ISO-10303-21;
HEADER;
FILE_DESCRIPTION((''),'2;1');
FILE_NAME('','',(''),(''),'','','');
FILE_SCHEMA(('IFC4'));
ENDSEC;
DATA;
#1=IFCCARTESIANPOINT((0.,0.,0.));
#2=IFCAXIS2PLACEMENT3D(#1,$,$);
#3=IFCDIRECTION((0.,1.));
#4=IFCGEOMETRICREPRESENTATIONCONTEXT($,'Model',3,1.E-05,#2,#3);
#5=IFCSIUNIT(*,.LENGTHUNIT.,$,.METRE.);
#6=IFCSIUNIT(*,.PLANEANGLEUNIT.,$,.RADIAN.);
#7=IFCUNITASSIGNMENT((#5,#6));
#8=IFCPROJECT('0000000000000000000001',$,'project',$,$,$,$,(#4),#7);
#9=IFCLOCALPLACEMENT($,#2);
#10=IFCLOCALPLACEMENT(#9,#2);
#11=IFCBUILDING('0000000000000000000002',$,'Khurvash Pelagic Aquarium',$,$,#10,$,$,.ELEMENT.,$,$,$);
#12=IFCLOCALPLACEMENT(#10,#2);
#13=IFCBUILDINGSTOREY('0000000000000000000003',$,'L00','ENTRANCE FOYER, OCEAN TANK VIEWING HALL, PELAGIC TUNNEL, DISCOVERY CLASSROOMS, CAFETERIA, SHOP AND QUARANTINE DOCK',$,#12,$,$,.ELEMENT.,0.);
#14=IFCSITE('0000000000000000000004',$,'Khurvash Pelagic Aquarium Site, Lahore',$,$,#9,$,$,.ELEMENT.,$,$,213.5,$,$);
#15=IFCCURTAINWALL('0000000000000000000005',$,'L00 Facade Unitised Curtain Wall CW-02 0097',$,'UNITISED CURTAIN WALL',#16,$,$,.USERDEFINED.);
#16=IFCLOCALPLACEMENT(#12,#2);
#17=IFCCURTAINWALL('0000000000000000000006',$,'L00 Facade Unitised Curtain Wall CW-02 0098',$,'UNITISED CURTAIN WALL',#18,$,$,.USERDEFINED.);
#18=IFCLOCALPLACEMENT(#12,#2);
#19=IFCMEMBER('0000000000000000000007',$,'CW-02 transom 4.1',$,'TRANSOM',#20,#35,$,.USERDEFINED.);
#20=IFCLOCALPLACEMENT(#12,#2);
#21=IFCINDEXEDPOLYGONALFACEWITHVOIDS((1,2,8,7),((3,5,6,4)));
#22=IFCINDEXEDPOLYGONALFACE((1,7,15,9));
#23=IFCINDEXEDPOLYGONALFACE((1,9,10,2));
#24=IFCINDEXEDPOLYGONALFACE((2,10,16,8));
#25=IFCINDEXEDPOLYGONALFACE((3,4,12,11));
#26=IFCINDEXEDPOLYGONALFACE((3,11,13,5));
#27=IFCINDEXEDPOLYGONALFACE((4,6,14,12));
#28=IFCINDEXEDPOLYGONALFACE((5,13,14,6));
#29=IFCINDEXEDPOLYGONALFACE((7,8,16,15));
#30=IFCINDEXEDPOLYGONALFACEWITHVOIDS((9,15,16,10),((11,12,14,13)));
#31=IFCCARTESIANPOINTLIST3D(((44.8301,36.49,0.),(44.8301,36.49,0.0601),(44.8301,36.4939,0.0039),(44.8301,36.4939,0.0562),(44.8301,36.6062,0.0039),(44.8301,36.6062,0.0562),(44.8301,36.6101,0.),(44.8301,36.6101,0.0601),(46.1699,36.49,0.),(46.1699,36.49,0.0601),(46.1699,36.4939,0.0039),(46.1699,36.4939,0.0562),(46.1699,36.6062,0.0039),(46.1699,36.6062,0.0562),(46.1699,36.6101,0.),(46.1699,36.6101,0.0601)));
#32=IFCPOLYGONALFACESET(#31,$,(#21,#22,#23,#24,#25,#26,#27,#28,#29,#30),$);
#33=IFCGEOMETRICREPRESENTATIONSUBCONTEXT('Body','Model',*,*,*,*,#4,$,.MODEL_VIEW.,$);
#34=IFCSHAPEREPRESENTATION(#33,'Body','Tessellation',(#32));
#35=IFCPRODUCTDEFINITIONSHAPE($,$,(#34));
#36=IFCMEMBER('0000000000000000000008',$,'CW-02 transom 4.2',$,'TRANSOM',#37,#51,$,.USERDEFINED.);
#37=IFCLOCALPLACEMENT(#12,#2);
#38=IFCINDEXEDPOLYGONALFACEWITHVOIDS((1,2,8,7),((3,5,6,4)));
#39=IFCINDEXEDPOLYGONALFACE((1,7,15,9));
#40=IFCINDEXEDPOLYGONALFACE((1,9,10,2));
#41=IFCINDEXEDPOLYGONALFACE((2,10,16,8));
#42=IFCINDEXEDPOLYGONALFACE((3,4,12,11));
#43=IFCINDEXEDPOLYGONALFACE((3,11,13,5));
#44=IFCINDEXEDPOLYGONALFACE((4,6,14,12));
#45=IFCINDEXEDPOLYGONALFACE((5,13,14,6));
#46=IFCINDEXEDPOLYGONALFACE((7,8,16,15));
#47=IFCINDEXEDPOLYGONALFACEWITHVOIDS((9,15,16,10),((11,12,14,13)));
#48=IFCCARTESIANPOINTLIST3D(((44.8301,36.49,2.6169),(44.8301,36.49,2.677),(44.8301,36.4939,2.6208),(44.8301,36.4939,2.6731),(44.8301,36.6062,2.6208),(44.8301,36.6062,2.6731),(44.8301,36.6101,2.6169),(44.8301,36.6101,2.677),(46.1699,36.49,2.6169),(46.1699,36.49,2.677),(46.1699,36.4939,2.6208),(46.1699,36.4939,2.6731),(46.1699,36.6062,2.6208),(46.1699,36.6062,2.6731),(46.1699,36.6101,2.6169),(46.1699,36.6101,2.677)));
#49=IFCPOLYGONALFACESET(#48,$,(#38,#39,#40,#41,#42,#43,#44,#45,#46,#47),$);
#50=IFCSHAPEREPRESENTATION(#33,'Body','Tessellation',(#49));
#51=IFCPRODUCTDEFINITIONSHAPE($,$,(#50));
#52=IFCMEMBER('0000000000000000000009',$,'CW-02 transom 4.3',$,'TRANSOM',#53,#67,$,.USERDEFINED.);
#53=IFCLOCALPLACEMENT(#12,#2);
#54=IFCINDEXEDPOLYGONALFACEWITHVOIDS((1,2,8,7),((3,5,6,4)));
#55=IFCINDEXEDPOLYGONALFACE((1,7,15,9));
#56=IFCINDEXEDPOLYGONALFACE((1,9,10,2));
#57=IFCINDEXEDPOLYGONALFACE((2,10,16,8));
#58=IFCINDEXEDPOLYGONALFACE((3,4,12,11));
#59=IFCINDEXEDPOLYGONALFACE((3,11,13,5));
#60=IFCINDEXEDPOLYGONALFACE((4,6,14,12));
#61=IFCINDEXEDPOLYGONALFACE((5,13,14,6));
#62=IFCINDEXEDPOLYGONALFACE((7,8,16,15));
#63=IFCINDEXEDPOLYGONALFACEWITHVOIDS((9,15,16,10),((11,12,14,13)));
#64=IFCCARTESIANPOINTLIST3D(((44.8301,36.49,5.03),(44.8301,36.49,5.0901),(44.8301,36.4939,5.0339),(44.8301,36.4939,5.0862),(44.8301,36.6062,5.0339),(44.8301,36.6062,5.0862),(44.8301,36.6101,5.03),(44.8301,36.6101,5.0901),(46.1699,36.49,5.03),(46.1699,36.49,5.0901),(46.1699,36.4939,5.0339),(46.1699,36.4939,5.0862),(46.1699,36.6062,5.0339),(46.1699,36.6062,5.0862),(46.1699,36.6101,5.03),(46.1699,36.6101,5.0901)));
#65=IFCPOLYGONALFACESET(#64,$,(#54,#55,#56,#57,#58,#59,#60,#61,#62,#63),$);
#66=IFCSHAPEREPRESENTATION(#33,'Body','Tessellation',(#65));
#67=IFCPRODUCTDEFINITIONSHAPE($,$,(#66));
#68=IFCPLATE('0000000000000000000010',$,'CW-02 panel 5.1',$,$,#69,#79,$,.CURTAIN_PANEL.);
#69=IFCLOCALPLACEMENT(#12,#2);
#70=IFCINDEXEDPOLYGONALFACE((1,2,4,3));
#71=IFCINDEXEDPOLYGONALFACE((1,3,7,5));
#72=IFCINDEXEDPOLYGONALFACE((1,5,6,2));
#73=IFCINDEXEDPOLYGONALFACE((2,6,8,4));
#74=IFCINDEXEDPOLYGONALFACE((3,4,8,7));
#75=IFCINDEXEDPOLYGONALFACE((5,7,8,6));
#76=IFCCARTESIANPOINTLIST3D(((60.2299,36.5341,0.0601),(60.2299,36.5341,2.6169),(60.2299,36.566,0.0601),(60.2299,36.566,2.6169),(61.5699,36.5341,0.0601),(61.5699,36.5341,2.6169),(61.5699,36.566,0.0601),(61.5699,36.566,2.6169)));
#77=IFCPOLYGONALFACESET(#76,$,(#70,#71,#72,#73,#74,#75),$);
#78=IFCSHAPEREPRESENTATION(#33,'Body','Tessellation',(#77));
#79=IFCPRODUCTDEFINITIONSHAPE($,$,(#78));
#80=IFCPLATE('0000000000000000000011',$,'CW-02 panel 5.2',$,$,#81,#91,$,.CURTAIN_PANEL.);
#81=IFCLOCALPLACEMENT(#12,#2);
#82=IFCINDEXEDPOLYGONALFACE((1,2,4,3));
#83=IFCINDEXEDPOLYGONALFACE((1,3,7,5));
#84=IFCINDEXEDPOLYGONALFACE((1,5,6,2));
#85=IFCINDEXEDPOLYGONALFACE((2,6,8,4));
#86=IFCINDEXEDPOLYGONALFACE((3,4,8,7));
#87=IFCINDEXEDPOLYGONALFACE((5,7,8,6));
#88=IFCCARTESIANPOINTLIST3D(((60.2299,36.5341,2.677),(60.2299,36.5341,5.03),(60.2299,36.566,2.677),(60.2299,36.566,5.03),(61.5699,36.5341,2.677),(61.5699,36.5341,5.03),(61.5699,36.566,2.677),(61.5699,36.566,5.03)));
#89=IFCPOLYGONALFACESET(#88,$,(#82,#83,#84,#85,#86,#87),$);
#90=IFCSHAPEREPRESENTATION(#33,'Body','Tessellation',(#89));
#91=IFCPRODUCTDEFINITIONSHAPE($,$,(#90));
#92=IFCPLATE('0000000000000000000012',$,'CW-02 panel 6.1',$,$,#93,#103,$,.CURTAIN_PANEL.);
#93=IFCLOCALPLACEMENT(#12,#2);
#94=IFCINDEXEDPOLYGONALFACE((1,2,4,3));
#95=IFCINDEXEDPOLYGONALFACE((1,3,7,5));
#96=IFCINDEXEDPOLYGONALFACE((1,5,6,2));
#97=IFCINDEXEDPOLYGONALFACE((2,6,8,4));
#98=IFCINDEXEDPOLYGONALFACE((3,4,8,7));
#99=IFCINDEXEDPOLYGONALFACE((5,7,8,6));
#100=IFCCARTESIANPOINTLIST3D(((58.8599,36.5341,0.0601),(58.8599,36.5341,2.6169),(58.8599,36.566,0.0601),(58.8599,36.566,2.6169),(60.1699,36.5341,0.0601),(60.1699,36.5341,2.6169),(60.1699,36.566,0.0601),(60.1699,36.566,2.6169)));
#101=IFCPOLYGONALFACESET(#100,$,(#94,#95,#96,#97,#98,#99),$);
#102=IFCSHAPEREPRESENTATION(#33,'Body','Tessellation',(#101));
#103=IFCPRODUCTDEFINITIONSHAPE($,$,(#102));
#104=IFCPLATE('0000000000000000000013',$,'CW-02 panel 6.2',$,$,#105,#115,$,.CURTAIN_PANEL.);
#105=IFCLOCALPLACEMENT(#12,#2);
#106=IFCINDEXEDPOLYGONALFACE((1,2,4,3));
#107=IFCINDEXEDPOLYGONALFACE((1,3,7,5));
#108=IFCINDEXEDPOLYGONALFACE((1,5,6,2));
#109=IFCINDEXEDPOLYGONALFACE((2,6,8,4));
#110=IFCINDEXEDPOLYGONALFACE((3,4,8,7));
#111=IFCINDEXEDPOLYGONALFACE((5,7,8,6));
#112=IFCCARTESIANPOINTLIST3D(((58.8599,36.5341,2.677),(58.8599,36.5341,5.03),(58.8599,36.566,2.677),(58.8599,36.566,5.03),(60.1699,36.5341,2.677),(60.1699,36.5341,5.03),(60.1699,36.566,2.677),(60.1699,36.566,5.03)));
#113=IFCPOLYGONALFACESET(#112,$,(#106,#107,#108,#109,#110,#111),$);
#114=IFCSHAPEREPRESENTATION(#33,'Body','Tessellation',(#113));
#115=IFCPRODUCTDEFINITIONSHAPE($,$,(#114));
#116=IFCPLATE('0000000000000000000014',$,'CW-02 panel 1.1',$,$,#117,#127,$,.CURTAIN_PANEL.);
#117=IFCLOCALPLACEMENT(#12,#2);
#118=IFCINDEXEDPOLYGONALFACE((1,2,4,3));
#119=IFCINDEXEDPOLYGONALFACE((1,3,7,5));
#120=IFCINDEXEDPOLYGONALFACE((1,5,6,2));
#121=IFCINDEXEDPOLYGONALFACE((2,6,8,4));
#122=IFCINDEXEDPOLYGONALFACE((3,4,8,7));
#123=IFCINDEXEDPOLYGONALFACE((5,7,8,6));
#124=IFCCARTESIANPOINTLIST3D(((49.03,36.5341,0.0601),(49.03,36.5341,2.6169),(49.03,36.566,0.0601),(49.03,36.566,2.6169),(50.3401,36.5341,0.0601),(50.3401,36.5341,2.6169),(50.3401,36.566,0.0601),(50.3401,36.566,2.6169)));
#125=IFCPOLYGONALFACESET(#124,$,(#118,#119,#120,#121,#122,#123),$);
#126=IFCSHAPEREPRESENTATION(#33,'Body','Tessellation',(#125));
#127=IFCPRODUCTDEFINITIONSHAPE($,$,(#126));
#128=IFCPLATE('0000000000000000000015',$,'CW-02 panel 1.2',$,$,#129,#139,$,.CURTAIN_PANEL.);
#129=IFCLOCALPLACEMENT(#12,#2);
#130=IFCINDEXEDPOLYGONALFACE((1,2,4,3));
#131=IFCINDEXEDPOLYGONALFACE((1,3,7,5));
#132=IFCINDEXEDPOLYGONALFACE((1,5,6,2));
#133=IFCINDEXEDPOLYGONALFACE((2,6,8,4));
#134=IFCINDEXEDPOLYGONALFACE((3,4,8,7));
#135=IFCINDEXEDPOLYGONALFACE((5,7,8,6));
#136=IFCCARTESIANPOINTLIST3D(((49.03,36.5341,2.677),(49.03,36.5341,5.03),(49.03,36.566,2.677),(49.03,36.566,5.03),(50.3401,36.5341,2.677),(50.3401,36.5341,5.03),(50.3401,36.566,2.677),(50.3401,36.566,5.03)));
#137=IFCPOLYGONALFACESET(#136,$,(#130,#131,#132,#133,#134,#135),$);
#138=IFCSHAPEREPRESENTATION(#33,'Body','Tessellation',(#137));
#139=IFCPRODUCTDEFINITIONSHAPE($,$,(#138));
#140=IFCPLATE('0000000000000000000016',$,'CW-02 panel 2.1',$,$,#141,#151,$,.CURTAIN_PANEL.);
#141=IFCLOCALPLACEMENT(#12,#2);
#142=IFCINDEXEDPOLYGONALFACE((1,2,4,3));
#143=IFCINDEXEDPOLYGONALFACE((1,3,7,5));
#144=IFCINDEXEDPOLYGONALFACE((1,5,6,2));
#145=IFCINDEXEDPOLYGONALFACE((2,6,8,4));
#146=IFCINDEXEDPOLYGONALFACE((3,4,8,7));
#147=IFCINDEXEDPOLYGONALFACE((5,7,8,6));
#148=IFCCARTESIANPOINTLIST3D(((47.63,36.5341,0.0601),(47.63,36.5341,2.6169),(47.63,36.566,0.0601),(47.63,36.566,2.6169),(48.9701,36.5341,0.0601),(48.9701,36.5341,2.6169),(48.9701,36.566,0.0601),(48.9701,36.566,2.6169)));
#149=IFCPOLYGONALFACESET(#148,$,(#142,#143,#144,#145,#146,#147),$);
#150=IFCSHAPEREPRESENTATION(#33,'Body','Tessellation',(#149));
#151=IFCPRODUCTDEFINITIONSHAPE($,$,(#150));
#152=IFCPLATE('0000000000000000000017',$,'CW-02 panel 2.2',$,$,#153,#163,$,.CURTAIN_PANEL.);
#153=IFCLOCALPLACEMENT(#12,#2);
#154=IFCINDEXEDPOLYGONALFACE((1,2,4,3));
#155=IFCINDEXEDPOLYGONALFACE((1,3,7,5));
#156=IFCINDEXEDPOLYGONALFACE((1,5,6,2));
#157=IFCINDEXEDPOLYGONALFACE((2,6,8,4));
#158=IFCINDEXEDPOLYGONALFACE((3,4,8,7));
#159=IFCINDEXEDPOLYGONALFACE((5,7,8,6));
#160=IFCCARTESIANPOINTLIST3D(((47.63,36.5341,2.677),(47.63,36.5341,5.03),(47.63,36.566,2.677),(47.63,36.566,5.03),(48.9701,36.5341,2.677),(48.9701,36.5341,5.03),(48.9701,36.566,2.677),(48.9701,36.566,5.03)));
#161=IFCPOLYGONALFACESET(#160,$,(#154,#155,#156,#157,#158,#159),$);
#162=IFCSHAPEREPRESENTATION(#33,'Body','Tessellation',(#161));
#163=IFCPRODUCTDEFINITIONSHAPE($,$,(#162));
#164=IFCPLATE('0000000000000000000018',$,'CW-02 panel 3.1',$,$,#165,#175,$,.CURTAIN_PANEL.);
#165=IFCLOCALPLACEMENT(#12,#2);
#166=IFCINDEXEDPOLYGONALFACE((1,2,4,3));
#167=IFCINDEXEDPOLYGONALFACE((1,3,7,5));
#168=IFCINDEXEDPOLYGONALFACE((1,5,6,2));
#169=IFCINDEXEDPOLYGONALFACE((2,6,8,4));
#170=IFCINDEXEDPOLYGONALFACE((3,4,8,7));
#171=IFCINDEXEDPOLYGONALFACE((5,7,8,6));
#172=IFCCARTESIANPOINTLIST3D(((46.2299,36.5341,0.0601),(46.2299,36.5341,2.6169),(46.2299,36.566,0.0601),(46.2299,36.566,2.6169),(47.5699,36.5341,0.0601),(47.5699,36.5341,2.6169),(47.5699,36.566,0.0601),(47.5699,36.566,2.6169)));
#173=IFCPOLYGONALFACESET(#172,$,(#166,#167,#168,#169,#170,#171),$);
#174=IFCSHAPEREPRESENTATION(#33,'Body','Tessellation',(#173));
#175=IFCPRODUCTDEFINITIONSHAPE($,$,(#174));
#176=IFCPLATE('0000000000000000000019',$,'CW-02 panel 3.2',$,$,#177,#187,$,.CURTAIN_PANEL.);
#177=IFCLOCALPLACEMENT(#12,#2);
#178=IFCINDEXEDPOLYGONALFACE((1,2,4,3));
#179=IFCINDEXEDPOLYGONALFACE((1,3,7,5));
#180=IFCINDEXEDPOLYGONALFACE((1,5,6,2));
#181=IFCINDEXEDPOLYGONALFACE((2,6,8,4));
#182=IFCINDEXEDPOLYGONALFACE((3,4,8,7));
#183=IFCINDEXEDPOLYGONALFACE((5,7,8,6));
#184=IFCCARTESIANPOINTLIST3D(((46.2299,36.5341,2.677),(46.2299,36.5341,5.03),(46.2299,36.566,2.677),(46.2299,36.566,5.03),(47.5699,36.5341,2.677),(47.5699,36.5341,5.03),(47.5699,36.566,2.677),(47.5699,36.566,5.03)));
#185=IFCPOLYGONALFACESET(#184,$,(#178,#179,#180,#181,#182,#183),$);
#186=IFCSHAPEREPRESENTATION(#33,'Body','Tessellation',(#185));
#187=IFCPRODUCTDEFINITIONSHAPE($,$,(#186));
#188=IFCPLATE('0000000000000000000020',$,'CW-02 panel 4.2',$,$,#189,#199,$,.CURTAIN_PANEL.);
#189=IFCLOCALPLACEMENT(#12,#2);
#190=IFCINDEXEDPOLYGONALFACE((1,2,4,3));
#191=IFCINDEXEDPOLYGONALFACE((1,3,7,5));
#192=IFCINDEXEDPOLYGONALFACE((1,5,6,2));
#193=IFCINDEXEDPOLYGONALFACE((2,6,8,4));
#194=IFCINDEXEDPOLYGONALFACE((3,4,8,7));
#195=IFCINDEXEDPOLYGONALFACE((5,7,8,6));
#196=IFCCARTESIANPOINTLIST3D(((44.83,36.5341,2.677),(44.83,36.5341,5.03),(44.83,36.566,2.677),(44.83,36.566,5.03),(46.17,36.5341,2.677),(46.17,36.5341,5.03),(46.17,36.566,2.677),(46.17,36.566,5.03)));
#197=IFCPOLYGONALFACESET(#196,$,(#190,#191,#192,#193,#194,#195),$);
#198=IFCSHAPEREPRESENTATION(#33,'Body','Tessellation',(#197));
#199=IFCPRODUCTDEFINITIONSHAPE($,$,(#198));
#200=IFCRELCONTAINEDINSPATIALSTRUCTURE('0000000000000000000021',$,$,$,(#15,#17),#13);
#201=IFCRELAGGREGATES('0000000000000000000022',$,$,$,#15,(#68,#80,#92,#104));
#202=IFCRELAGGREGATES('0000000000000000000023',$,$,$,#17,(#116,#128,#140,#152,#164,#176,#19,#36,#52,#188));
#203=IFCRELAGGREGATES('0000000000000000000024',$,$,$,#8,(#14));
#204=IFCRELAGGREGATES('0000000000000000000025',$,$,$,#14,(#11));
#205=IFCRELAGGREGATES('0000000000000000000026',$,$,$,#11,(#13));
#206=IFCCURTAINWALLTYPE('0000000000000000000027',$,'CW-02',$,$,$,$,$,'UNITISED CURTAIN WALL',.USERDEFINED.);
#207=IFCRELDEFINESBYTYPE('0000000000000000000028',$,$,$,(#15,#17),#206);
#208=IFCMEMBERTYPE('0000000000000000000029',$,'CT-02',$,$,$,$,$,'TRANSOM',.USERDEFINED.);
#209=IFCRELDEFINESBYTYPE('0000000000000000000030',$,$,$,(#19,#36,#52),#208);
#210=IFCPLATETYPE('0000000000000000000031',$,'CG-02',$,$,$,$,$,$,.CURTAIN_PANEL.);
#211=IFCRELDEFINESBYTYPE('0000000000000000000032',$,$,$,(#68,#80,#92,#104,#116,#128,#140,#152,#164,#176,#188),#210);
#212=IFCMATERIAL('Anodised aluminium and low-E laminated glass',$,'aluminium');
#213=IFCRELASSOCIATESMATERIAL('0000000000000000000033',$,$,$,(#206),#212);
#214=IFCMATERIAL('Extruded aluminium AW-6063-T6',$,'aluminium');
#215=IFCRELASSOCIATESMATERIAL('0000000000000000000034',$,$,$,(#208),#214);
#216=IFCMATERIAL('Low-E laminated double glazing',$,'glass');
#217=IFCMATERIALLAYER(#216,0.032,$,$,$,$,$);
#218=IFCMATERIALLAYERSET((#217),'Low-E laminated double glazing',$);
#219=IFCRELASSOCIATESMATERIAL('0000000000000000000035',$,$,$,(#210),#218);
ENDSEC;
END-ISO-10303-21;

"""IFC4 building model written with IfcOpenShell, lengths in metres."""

from ifc_helpers import new_model, si_unit, direction, frame, origin, origin_2d, place, context, subcontext, project, spatial, rectangle, hollow_rectangle, extrude, material, layer, layer_set, material_profile, profile_set, type_object, element, aggregate, save


model = new_model("IFC4")

# Units and contexts
model_context = context("Model", 3, precision=1e-05, world=origin(), true_north=direction((0.0, 1.0)))
body_context = subcontext(model_context, "Body", "Model", "MODEL_VIEW")
ifc_project = project(units=[si_unit("LENGTHUNIT", "METRE"), si_unit("PLANEANGLEUNIT", "RADIAN")], contexts=[model_context])

# Site, building, storey
site_placement = place(None, origin())
site = spatial("IfcSite", under=ifc_project, at=site_placement, Name="Khurvash Pelagic Aquarium Site, Lahore", CompositionType="ELEMENT", RefElevation=213.5)
building_placement = place(site_placement, origin())
building = spatial("IfcBuilding", under=site, at=building_placement, Name="Khurvash Pelagic Aquarium", CompositionType="ELEMENT")
storey_placement = place(building_placement, origin())
storey = spatial("IfcBuildingStorey", under=building, at=storey_placement, Name="L00", Description="ENTRANCE FOYER, OCEAN TANK VIEWING HALL, PELAGIC TUNNEL, DISCOVERY CLASSROOMS, CAFETERIA, SHOP AND QUARANTINE DOCK", CompositionType="ELEMENT", Elevation=0.0)

# Curtain walls
ifc_material_1 = material(Name="Anodised aluminium and low-E laminated glass", Category="aluminium")
curtain_wall_type = type_object("IfcCurtainWallType", Name="CW-02", ElementType="UNITISED CURTAIN WALL", PredefinedType="USERDEFINED", material=ifc_material_1)
curtain_wall_1_placement = place(storey_placement, origin())
curtain_wall_1 = element("IfcCurtainWall", 1, at=curtain_wall_1_placement, inside=storey, type_object=curtain_wall_type, Name="L00 Facade Unitised Curtain Wall CW-02 0097", ObjectType="UNITISED CURTAIN WALL", PredefinedType="USERDEFINED")
ifc_material_2 = material(Name="Extruded aluminium AW-6063-T6", Category="aluminium")
curtain_wall_2_placement = place(storey_placement, origin())
curtain_wall_2 = element("IfcCurtainWall", 2, at=curtain_wall_2_placement, inside=storey, type_object=curtain_wall_type, Name="L00 Facade Unitised Curtain Wall CW-02 0098", ObjectType="UNITISED CURTAIN WALL", PredefinedType="USERDEFINED")

# Members
ifc_material_profile_1 = material_profile(ifc_material_2, hollow_rectangle(XDim=0.1201, YDim=0.0601, WallThickness=0.0039, at=origin_2d()), Name="CWT120X60X4")
ifc_profile_set_1 = profile_set([ifc_material_profile_1], Name="Extruded aluminium AW-6063-T6")
member_type_1 = type_object("IfcMemberType", Name="CT-02", ElementType="TRANSOM", PredefinedType="USERDEFINED", material=ifc_profile_set_1)
member_1_placement = place(storey_placement, frame((46.1699, 36.55, 0.03), z_axis=(-1.0, 0.0, 0.0), x_axis=(0.0, -1.0, 0.0)))
member_1 = element("IfcMember", 3, at=member_1_placement, type_object=member_type_1, Name="CW-02 transom 4.1", ObjectType="TRANSOM", PredefinedType="USERDEFINED", context=body_context, shape_type="SweptSolid", body=[
    extrude(hollow_rectangle(XDim=0.1201, YDim=0.0601, WallThickness=0.0039, at=origin_2d()), origin(), (0.0, 0.0, 1.0), 1.3398),
])
member_2_placement = place(storey_placement, frame((46.1699, 36.55, 2.647), z_axis=(-1.0, 0.0, 0.0), x_axis=(0.0, -1.0, 0.0)))
member_2 = element("IfcMember", 4, at=member_2_placement, type_object=member_type_1, Name="CW-02 transom 4.2", ObjectType="TRANSOM", PredefinedType="USERDEFINED", context=body_context, shape_type="SweptSolid", body=[
    extrude(hollow_rectangle(XDim=0.1201, YDim=0.0601, WallThickness=0.0039, at=origin_2d()), origin(), (0.0, 0.0, 1.0), 1.3398),
])
member_3_placement = place(storey_placement, frame((46.1699, 36.55, 5.0601), z_axis=(-1.0, 0.0, 0.0), x_axis=(0.0, -1.0, 0.0)))
member_3 = element("IfcMember", 5, at=member_3_placement, type_object=member_type_1, Name="CW-02 transom 4.3", ObjectType="TRANSOM", PredefinedType="USERDEFINED", context=body_context, shape_type="SweptSolid", body=[
    extrude(hollow_rectangle(XDim=0.1201, YDim=0.0601, WallThickness=0.0039, at=origin_2d()), origin(), (0.0, 0.0, 1.0), 1.3398),
])

# Plates
ifc_material_3 = material(Name="Low-E laminated double glazing", Category="glass")
ifc_layer_1 = layer(ifc_material_3, 0.032)
ifc_layer_set_1 = layer_set([ifc_layer_1], Name="Low-E laminated double glazing")
plate_type = type_object("IfcPlateType", Name="CG-02", PredefinedType="CURTAIN_PANEL", material=ifc_layer_set_1)
plate_1_placement = place(storey_placement, frame((60.8999, 36.55, 0.0601), z_axis=(0.0, 0.0, 1.0), x_axis=(-1.0, 0.0, 0.0)))
plate_1 = element("IfcPlate", 6, at=plate_1_placement, type_object=plate_type, Name="CW-02 panel 5.1", PredefinedType="CURTAIN_PANEL", context=body_context, shape_type="SweptSolid", body=[
    extrude(rectangle(XDim=1.3401, YDim=0.032, at=origin_2d()), origin(), (0.0, 0.0, 1.0), 2.5569),
])
plate_2_placement = place(storey_placement, frame((60.8999, 36.55, 2.677), z_axis=(0.0, 0.0, 1.0), x_axis=(-1.0, 0.0, 0.0)))
plate_2 = element("IfcPlate", 7, at=plate_2_placement, type_object=plate_type, Name="CW-02 panel 5.2", PredefinedType="CURTAIN_PANEL", context=body_context, shape_type="SweptSolid", body=[
    extrude(rectangle(XDim=1.3401, YDim=0.032, at=origin_2d()), origin(), (0.0, 0.0, 1.0), 2.353),
])
plate_3_placement = place(storey_placement, frame((59.5149, 36.55, 0.0601), z_axis=(0.0, 0.0, 1.0), x_axis=(-1.0, 0.0, 0.0)))
plate_3 = element("IfcPlate", 8, at=plate_3_placement, type_object=plate_type, Name="CW-02 panel 6.1", PredefinedType="CURTAIN_PANEL", context=body_context, shape_type="SweptSolid", body=[
    extrude(rectangle(XDim=1.3101, YDim=0.032, at=origin_2d()), origin(), (0.0, 0.0, 1.0), 2.5569),
])
plate_4_placement = place(storey_placement, frame((59.5149, 36.55, 2.677), z_axis=(0.0, 0.0, 1.0), x_axis=(-1.0, 0.0, 0.0)))
plate_4 = element("IfcPlate", 9, at=plate_4_placement, type_object=plate_type, Name="CW-02 panel 6.2", PredefinedType="CURTAIN_PANEL", context=body_context, shape_type="SweptSolid", body=[
    extrude(rectangle(XDim=1.3101, YDim=0.032, at=origin_2d()), origin(), (0.0, 0.0, 1.0), 2.353),
])
aggregate(curtain_wall_1, [plate_1, plate_2, plate_3, plate_4])
plate_5_placement = place(storey_placement, frame((49.6851, 36.55, 0.0601), z_axis=(0.0, 0.0, 1.0), x_axis=(-1.0, 0.0, 0.0)))
plate_5 = element("IfcPlate", 10, at=plate_5_placement, type_object=plate_type, Name="CW-02 panel 1.1", PredefinedType="CURTAIN_PANEL", context=body_context, shape_type="SweptSolid", body=[
    extrude(rectangle(XDim=1.3101, YDim=0.032, at=origin_2d()), origin(), (0.0, 0.0, 1.0), 2.5569),
])
plate_6_placement = place(storey_placement, frame((49.6851, 36.55, 2.677), z_axis=(0.0, 0.0, 1.0), x_axis=(-1.0, 0.0, 0.0)))
plate_6 = element("IfcPlate", 11, at=plate_6_placement, type_object=plate_type, Name="CW-02 panel 1.2", PredefinedType="CURTAIN_PANEL", context=body_context, shape_type="SweptSolid", body=[
    extrude(rectangle(XDim=1.3101, YDim=0.032, at=origin_2d()), origin(), (0.0, 0.0, 1.0), 2.353),
])
plate_7_placement = place(storey_placement, frame((48.3, 36.55, 0.0601), z_axis=(0.0, 0.0, 1.0), x_axis=(-1.0, 0.0, 0.0)))
plate_7 = element("IfcPlate", 12, at=plate_7_placement, type_object=plate_type, Name="CW-02 panel 2.1", PredefinedType="CURTAIN_PANEL", context=body_context, shape_type="SweptSolid", body=[
    extrude(rectangle(XDim=1.3401, YDim=0.032, at=origin_2d()), origin(), (0.0, 0.0, 1.0), 2.5569),
])
plate_8_placement = place(storey_placement, frame((48.3, 36.55, 2.677), z_axis=(0.0, 0.0, 1.0), x_axis=(-1.0, 0.0, 0.0)))
plate_8 = element("IfcPlate", 13, at=plate_8_placement, type_object=plate_type, Name="CW-02 panel 2.2", PredefinedType="CURTAIN_PANEL", context=body_context, shape_type="SweptSolid", body=[
    extrude(rectangle(XDim=1.3401, YDim=0.032, at=origin_2d()), origin(), (0.0, 0.0, 1.0), 2.353),
])
plate_9_placement = place(storey_placement, frame((46.8999, 36.55, 0.0601), z_axis=(0.0, 0.0, 1.0), x_axis=(-1.0, 0.0, 0.0)))
plate_9 = element("IfcPlate", 14, at=plate_9_placement, type_object=plate_type, Name="CW-02 panel 3.1", PredefinedType="CURTAIN_PANEL", context=body_context, shape_type="SweptSolid", body=[
    extrude(rectangle(XDim=1.3401, YDim=0.032, at=origin_2d()), origin(), (0.0, 0.0, 1.0), 2.5569),
])
plate_10_placement = place(storey_placement, frame((46.8999, 36.55, 2.677), z_axis=(0.0, 0.0, 1.0), x_axis=(-1.0, 0.0, 0.0)))
plate_10 = element("IfcPlate", 15, at=plate_10_placement, type_object=plate_type, Name="CW-02 panel 3.2", PredefinedType="CURTAIN_PANEL", context=body_context, shape_type="SweptSolid", body=[
    extrude(rectangle(XDim=1.3401, YDim=0.032, at=origin_2d()), origin(), (0.0, 0.0, 1.0), 2.353),
])
plate_11_placement = place(storey_placement, frame((45.5, 36.55, 2.677), z_axis=(0.0, 0.0, 1.0), x_axis=(-1.0, 0.0, 0.0)))
plate_11 = element("IfcPlate", 16, at=plate_11_placement, type_object=plate_type, Name="CW-02 panel 4.2", PredefinedType="CURTAIN_PANEL", context=body_context, shape_type="SweptSolid", body=[
    extrude(rectangle(XDim=1.3401, YDim=0.032, at=origin_2d()), origin(), (0.0, 0.0, 1.0), 2.353),
])
aggregate(curtain_wall_2, [plate_5, plate_6, plate_7, plate_8, plate_9, plate_10, member_1, member_2, member_3, plate_11])

save(model, "model.ifc")
